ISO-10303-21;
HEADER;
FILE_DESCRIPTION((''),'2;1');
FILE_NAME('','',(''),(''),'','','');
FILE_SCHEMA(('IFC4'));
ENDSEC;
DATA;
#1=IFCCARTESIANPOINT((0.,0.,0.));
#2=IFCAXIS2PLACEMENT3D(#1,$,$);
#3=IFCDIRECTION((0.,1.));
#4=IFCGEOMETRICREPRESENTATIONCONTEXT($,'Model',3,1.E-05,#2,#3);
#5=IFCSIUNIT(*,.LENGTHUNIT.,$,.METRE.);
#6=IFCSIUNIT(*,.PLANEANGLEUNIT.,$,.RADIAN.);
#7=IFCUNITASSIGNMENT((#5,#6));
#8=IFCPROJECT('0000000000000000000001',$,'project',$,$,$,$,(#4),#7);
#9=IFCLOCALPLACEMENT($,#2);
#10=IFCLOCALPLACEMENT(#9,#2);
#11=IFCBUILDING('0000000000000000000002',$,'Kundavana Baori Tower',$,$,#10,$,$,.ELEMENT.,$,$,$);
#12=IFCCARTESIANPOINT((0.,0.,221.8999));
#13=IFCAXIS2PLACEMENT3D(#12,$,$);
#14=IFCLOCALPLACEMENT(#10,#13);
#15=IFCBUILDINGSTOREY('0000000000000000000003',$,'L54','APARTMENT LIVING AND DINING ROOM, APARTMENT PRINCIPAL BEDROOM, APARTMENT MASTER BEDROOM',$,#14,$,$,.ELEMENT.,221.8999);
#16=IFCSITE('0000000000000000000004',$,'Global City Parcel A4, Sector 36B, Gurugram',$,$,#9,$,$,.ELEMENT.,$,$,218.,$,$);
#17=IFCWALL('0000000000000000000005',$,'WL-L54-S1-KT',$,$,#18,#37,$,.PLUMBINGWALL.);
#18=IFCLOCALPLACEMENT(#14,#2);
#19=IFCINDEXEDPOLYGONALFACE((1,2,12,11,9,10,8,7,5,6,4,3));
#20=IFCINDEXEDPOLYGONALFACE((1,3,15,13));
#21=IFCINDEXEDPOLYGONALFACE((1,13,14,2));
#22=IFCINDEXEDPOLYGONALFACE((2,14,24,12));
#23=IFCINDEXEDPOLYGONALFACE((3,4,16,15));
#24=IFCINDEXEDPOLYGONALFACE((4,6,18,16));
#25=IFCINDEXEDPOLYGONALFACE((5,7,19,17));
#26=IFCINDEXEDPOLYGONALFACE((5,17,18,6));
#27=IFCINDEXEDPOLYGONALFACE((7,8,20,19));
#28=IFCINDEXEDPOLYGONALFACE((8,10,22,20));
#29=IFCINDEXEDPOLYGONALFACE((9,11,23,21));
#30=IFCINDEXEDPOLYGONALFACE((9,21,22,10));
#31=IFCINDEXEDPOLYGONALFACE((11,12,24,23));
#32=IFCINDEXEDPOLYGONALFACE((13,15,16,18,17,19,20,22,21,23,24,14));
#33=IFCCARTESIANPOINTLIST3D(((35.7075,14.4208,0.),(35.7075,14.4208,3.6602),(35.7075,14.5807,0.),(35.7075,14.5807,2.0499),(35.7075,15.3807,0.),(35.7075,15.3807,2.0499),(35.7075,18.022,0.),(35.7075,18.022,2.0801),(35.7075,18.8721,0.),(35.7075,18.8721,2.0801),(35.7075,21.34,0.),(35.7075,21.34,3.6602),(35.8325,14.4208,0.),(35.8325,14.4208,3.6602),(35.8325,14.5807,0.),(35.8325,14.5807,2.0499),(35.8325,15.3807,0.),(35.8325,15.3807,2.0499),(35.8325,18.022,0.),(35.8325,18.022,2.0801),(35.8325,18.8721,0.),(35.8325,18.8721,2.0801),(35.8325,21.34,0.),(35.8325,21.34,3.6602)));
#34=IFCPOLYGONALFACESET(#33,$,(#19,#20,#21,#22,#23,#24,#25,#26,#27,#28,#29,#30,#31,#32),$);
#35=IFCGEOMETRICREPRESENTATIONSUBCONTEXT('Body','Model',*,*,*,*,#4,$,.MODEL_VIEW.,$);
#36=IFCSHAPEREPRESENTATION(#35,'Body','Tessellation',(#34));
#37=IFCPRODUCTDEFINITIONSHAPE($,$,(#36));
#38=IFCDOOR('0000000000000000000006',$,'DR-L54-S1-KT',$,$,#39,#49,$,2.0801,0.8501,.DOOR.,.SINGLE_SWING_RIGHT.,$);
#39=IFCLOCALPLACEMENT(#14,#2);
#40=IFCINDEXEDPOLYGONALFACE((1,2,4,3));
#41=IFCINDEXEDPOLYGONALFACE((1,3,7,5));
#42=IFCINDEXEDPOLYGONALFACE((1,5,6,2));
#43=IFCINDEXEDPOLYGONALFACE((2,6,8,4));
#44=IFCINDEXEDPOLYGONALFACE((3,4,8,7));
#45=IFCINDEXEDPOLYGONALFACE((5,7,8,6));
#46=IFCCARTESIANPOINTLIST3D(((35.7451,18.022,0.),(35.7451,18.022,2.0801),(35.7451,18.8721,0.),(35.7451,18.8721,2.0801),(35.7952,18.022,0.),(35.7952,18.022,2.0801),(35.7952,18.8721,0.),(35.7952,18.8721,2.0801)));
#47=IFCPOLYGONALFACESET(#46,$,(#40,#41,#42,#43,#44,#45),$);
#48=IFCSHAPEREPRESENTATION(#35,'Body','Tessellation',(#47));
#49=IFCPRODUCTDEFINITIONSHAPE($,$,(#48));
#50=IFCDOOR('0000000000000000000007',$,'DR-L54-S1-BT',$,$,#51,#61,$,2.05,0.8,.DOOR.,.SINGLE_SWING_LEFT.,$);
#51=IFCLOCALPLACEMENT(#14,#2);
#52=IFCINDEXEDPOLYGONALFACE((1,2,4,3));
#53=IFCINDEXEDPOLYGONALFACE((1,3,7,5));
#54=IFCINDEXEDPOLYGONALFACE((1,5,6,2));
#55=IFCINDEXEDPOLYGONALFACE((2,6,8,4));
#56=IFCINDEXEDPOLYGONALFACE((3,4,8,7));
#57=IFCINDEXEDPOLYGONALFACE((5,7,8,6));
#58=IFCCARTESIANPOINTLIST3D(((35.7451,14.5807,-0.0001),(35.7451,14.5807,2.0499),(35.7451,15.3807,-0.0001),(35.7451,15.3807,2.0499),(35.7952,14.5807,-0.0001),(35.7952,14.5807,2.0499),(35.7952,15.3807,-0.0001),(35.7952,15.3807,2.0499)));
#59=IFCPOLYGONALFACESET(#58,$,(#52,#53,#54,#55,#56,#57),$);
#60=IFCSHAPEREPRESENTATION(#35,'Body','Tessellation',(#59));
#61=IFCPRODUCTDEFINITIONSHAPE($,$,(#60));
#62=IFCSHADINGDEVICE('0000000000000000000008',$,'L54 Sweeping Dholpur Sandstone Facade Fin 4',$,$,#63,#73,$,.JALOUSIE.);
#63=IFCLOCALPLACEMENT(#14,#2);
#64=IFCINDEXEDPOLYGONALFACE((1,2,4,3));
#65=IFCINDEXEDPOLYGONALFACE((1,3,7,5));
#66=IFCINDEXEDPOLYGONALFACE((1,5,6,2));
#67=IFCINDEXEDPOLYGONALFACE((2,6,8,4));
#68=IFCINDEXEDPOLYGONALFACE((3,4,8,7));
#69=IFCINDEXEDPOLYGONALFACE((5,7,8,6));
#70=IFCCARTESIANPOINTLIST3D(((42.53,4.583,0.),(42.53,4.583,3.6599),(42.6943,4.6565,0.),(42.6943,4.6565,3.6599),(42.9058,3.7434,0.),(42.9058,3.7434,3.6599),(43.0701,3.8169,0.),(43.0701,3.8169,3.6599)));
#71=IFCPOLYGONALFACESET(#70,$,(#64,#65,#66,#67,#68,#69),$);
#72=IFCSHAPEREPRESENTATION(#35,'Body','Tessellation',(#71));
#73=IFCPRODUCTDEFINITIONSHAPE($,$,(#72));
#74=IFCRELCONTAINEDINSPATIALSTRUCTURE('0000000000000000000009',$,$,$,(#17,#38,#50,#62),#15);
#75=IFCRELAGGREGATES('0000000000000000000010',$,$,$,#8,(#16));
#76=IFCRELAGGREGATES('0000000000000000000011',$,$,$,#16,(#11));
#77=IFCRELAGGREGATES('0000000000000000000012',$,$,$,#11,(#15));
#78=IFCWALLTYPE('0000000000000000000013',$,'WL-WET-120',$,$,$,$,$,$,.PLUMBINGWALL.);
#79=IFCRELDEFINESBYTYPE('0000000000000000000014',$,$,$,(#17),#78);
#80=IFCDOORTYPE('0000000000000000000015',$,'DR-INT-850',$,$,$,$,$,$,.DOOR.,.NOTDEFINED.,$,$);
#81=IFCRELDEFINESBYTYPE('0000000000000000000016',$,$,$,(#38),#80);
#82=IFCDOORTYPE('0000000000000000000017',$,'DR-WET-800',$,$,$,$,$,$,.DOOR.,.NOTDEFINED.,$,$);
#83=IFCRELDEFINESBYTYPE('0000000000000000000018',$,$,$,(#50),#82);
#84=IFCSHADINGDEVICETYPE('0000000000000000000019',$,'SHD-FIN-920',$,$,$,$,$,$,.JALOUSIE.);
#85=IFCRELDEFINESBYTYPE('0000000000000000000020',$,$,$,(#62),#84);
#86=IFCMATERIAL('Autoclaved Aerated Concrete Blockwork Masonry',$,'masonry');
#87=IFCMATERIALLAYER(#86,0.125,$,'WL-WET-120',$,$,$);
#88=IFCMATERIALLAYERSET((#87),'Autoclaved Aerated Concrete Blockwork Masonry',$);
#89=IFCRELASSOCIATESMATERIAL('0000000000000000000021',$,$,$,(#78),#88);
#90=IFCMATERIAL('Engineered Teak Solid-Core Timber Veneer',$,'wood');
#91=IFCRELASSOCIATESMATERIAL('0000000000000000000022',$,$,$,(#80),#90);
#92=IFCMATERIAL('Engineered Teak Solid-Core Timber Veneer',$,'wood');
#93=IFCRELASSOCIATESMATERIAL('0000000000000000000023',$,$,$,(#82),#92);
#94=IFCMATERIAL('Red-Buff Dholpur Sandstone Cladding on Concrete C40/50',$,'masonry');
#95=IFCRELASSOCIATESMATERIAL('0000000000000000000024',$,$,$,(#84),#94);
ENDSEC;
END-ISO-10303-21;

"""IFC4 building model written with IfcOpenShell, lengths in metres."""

from ifc_helpers import new_model, si_unit, direction, frame, frame_2d, origin, origin_2d, place, context, subcontext, project, spatial, rectangle, extrude, material, layer, layer_set, type_object, element, fill, save


model = new_model("IFC4")

# Units and contexts
model_context = context("Model", 3, precision=1e-05, world=origin(), true_north=direction((0.0, 1.0)))
body_context = subcontext(model_context, "Body", "Model", "MODEL_VIEW")
ifc_project = project(units=[si_unit("LENGTHUNIT", "METRE"), si_unit("PLANEANGLEUNIT", "RADIAN")], contexts=[model_context])

# Site, building, storey
site_placement = place(None, origin())
site = spatial("IfcSite", under=ifc_project, at=site_placement, Name="Global City Parcel A4, Sector 36B, Gurugram", CompositionType="ELEMENT", RefElevation=218.0)
building_placement = place(site_placement, origin())
building = spatial("IfcBuilding", under=site, at=building_placement, Name="Kundavana Baori Tower", CompositionType="ELEMENT")
storey_placement = place(building_placement, frame((0.0, 0.0, 221.8999)))
storey = spatial("IfcBuildingStorey", under=building, at=storey_placement, Name="L54", Description="APARTMENT LIVING AND DINING ROOM, APARTMENT PRINCIPAL BEDROOM, APARTMENT MASTER BEDROOM", CompositionType="ELEMENT", Elevation=221.8999)

# Wall, openings, doors
ifc_material_1 = material(Name="Autoclaved Aerated Concrete Blockwork Masonry", Category="masonry")
ifc_layer_1 = layer(ifc_material_1, 0.125, Name="WL-WET-120")
ifc_layer_set_1 = layer_set([ifc_layer_1], Name="Autoclaved Aerated Concrete Blockwork Masonry")
wall_type_1 = type_object("IfcWallType", Name="WL-WET-120", PredefinedType="PLUMBINGWALL", material=ifc_layer_set_1)
wall_1_placement = place(storey_placement, frame((35.77, 14.4209, 0.0), z_axis=(0.0, 0.0, 1.0), x_axis=(0.0, 1.0, 0.0)))
wall_1 = element("IfcWall", 1, at=wall_1_placement, inside=storey, type_object=wall_type_1, Name="WL-L54-S1-KT", PredefinedType="PLUMBINGWALL", context=body_context, shape_type="SweptSolid", body=[
    extrude(rectangle(XDim=6.9192, YDim=0.125, at=frame_2d((3.4595, 0.0))), origin(), (0.0, 0.0, 1.0), 3.6602),
])
opening_1_placement = place(wall_1_placement, frame((0.1599, 0.0, 0.0)))
opening_1 = element("IfcOpeningElement", 2, at=opening_1_placement, cuts=wall_1, PredefinedType="OPENING", context=body_context, shape_type="SweptSolid", body=[
    extrude(rectangle(XDim=0.8, YDim=2.05, at=frame_2d((0.3999, 1.0249))), frame((0.0, 0.0725, 0.0), z_axis=(0.0, -1.0, 0.0), x_axis=(1.0, 0.0, 0.0)), (0.0, 0.0, 1.0), 0.145),
])
opening_2_placement = place(wall_1_placement, frame((3.6011, 0.0, 0.0)))
opening_2 = element("IfcOpeningElement", 3, at=opening_2_placement, cuts=wall_1, PredefinedType="OPENING", context=body_context, shape_type="SweptSolid", body=[
    extrude(rectangle(XDim=0.8501, YDim=2.0801, at=frame_2d((0.425, 1.04))), frame((0.0, 0.0725, 0.0), z_axis=(0.0, -1.0, 0.0), x_axis=(1.0, 0.0, 0.0)), (0.0, 0.0, 1.0), 0.145),
])
ifc_material_2 = material(Name="Engineered Teak Solid-Core Timber Veneer", Category="wood")
door_type_1 = type_object("IfcDoorType", Name="DR-INT-850", OperationType="NOTDEFINED", PredefinedType="DOOR", material=ifc_material_2)
door_1_placement = place(opening_2_placement, origin())
door_1 = element("IfcDoor", 4, at=door_1_placement, inside=storey, type_object=door_type_1, Name="DR-L54-S1-KT", OperationType="SINGLE_SWING_RIGHT", OverallHeight=2.0801, OverallWidth=0.8501, PredefinedType="DOOR", context=body_context, shape_type="SweptSolid", body=[
    extrude(rectangle(XDim=0.8501, YDim=2.0801, at=frame_2d((0.425, 1.04))), frame((0.0, 0.0249, 0.0), z_axis=(0.0, -1.0, 0.0), x_axis=(1.0, 0.0, 0.0)), (0.0, 0.0, 1.0), 0.05),
])
fill(opening_2, door_1)
ifc_material_3 = material(Name="Engineered Teak Solid-Core Timber Veneer", Category="wood")
door_type_2 = type_object("IfcDoorType", Name="DR-WET-800", OperationType="NOTDEFINED", PredefinedType="DOOR", material=ifc_material_3)
door_2_placement = place(opening_1_placement, origin())
door_2 = element("IfcDoor", 5, at=door_2_placement, inside=storey, type_object=door_type_2, Name="DR-L54-S1-BT", OperationType="SINGLE_SWING_LEFT", OverallHeight=2.05, OverallWidth=0.8, PredefinedType="DOOR", context=body_context, shape_type="SweptSolid", body=[
    extrude(rectangle(XDim=0.8, YDim=2.05, at=frame_2d((0.3999, 1.0249))), frame((0.0, 0.0249, 0.0), z_axis=(0.0, -1.0, 0.0), x_axis=(1.0, 0.0, 0.0)), (0.0, 0.0, 1.0), 0.05),
])
fill(opening_1, door_2)

# Shading device
ifc_material_4 = material(Name="Red-Buff Dholpur Sandstone Cladding on Concrete C40/50", Category="masonry")
shading_device_type = type_object("IfcShadingDeviceType", Name="SHD-FIN-920", PredefinedType="JALOUSIE", material=ifc_material_4)
shading_device_placement = place(storey_placement, frame((42.8, 4.2, 0.0), z_axis=(0.0, 0.0, 1.0), x_axis=(0.912763, 0.40849, 0.0)))
element("IfcShadingDevice", 6, at=shading_device_placement, inside=storey, type_object=shading_device_type, Name="L54 Sweeping Dholpur Sandstone Facade Fin 4", PredefinedType="JALOUSIE", context=body_context, shape_type="SweptSolid", body=[
    extrude(rectangle(XDim=0.1799, YDim=0.9199, at=origin_2d()), origin(), (0.0, 0.0, 1.0), 3.6599),
])

save(model, "model.ifc")
